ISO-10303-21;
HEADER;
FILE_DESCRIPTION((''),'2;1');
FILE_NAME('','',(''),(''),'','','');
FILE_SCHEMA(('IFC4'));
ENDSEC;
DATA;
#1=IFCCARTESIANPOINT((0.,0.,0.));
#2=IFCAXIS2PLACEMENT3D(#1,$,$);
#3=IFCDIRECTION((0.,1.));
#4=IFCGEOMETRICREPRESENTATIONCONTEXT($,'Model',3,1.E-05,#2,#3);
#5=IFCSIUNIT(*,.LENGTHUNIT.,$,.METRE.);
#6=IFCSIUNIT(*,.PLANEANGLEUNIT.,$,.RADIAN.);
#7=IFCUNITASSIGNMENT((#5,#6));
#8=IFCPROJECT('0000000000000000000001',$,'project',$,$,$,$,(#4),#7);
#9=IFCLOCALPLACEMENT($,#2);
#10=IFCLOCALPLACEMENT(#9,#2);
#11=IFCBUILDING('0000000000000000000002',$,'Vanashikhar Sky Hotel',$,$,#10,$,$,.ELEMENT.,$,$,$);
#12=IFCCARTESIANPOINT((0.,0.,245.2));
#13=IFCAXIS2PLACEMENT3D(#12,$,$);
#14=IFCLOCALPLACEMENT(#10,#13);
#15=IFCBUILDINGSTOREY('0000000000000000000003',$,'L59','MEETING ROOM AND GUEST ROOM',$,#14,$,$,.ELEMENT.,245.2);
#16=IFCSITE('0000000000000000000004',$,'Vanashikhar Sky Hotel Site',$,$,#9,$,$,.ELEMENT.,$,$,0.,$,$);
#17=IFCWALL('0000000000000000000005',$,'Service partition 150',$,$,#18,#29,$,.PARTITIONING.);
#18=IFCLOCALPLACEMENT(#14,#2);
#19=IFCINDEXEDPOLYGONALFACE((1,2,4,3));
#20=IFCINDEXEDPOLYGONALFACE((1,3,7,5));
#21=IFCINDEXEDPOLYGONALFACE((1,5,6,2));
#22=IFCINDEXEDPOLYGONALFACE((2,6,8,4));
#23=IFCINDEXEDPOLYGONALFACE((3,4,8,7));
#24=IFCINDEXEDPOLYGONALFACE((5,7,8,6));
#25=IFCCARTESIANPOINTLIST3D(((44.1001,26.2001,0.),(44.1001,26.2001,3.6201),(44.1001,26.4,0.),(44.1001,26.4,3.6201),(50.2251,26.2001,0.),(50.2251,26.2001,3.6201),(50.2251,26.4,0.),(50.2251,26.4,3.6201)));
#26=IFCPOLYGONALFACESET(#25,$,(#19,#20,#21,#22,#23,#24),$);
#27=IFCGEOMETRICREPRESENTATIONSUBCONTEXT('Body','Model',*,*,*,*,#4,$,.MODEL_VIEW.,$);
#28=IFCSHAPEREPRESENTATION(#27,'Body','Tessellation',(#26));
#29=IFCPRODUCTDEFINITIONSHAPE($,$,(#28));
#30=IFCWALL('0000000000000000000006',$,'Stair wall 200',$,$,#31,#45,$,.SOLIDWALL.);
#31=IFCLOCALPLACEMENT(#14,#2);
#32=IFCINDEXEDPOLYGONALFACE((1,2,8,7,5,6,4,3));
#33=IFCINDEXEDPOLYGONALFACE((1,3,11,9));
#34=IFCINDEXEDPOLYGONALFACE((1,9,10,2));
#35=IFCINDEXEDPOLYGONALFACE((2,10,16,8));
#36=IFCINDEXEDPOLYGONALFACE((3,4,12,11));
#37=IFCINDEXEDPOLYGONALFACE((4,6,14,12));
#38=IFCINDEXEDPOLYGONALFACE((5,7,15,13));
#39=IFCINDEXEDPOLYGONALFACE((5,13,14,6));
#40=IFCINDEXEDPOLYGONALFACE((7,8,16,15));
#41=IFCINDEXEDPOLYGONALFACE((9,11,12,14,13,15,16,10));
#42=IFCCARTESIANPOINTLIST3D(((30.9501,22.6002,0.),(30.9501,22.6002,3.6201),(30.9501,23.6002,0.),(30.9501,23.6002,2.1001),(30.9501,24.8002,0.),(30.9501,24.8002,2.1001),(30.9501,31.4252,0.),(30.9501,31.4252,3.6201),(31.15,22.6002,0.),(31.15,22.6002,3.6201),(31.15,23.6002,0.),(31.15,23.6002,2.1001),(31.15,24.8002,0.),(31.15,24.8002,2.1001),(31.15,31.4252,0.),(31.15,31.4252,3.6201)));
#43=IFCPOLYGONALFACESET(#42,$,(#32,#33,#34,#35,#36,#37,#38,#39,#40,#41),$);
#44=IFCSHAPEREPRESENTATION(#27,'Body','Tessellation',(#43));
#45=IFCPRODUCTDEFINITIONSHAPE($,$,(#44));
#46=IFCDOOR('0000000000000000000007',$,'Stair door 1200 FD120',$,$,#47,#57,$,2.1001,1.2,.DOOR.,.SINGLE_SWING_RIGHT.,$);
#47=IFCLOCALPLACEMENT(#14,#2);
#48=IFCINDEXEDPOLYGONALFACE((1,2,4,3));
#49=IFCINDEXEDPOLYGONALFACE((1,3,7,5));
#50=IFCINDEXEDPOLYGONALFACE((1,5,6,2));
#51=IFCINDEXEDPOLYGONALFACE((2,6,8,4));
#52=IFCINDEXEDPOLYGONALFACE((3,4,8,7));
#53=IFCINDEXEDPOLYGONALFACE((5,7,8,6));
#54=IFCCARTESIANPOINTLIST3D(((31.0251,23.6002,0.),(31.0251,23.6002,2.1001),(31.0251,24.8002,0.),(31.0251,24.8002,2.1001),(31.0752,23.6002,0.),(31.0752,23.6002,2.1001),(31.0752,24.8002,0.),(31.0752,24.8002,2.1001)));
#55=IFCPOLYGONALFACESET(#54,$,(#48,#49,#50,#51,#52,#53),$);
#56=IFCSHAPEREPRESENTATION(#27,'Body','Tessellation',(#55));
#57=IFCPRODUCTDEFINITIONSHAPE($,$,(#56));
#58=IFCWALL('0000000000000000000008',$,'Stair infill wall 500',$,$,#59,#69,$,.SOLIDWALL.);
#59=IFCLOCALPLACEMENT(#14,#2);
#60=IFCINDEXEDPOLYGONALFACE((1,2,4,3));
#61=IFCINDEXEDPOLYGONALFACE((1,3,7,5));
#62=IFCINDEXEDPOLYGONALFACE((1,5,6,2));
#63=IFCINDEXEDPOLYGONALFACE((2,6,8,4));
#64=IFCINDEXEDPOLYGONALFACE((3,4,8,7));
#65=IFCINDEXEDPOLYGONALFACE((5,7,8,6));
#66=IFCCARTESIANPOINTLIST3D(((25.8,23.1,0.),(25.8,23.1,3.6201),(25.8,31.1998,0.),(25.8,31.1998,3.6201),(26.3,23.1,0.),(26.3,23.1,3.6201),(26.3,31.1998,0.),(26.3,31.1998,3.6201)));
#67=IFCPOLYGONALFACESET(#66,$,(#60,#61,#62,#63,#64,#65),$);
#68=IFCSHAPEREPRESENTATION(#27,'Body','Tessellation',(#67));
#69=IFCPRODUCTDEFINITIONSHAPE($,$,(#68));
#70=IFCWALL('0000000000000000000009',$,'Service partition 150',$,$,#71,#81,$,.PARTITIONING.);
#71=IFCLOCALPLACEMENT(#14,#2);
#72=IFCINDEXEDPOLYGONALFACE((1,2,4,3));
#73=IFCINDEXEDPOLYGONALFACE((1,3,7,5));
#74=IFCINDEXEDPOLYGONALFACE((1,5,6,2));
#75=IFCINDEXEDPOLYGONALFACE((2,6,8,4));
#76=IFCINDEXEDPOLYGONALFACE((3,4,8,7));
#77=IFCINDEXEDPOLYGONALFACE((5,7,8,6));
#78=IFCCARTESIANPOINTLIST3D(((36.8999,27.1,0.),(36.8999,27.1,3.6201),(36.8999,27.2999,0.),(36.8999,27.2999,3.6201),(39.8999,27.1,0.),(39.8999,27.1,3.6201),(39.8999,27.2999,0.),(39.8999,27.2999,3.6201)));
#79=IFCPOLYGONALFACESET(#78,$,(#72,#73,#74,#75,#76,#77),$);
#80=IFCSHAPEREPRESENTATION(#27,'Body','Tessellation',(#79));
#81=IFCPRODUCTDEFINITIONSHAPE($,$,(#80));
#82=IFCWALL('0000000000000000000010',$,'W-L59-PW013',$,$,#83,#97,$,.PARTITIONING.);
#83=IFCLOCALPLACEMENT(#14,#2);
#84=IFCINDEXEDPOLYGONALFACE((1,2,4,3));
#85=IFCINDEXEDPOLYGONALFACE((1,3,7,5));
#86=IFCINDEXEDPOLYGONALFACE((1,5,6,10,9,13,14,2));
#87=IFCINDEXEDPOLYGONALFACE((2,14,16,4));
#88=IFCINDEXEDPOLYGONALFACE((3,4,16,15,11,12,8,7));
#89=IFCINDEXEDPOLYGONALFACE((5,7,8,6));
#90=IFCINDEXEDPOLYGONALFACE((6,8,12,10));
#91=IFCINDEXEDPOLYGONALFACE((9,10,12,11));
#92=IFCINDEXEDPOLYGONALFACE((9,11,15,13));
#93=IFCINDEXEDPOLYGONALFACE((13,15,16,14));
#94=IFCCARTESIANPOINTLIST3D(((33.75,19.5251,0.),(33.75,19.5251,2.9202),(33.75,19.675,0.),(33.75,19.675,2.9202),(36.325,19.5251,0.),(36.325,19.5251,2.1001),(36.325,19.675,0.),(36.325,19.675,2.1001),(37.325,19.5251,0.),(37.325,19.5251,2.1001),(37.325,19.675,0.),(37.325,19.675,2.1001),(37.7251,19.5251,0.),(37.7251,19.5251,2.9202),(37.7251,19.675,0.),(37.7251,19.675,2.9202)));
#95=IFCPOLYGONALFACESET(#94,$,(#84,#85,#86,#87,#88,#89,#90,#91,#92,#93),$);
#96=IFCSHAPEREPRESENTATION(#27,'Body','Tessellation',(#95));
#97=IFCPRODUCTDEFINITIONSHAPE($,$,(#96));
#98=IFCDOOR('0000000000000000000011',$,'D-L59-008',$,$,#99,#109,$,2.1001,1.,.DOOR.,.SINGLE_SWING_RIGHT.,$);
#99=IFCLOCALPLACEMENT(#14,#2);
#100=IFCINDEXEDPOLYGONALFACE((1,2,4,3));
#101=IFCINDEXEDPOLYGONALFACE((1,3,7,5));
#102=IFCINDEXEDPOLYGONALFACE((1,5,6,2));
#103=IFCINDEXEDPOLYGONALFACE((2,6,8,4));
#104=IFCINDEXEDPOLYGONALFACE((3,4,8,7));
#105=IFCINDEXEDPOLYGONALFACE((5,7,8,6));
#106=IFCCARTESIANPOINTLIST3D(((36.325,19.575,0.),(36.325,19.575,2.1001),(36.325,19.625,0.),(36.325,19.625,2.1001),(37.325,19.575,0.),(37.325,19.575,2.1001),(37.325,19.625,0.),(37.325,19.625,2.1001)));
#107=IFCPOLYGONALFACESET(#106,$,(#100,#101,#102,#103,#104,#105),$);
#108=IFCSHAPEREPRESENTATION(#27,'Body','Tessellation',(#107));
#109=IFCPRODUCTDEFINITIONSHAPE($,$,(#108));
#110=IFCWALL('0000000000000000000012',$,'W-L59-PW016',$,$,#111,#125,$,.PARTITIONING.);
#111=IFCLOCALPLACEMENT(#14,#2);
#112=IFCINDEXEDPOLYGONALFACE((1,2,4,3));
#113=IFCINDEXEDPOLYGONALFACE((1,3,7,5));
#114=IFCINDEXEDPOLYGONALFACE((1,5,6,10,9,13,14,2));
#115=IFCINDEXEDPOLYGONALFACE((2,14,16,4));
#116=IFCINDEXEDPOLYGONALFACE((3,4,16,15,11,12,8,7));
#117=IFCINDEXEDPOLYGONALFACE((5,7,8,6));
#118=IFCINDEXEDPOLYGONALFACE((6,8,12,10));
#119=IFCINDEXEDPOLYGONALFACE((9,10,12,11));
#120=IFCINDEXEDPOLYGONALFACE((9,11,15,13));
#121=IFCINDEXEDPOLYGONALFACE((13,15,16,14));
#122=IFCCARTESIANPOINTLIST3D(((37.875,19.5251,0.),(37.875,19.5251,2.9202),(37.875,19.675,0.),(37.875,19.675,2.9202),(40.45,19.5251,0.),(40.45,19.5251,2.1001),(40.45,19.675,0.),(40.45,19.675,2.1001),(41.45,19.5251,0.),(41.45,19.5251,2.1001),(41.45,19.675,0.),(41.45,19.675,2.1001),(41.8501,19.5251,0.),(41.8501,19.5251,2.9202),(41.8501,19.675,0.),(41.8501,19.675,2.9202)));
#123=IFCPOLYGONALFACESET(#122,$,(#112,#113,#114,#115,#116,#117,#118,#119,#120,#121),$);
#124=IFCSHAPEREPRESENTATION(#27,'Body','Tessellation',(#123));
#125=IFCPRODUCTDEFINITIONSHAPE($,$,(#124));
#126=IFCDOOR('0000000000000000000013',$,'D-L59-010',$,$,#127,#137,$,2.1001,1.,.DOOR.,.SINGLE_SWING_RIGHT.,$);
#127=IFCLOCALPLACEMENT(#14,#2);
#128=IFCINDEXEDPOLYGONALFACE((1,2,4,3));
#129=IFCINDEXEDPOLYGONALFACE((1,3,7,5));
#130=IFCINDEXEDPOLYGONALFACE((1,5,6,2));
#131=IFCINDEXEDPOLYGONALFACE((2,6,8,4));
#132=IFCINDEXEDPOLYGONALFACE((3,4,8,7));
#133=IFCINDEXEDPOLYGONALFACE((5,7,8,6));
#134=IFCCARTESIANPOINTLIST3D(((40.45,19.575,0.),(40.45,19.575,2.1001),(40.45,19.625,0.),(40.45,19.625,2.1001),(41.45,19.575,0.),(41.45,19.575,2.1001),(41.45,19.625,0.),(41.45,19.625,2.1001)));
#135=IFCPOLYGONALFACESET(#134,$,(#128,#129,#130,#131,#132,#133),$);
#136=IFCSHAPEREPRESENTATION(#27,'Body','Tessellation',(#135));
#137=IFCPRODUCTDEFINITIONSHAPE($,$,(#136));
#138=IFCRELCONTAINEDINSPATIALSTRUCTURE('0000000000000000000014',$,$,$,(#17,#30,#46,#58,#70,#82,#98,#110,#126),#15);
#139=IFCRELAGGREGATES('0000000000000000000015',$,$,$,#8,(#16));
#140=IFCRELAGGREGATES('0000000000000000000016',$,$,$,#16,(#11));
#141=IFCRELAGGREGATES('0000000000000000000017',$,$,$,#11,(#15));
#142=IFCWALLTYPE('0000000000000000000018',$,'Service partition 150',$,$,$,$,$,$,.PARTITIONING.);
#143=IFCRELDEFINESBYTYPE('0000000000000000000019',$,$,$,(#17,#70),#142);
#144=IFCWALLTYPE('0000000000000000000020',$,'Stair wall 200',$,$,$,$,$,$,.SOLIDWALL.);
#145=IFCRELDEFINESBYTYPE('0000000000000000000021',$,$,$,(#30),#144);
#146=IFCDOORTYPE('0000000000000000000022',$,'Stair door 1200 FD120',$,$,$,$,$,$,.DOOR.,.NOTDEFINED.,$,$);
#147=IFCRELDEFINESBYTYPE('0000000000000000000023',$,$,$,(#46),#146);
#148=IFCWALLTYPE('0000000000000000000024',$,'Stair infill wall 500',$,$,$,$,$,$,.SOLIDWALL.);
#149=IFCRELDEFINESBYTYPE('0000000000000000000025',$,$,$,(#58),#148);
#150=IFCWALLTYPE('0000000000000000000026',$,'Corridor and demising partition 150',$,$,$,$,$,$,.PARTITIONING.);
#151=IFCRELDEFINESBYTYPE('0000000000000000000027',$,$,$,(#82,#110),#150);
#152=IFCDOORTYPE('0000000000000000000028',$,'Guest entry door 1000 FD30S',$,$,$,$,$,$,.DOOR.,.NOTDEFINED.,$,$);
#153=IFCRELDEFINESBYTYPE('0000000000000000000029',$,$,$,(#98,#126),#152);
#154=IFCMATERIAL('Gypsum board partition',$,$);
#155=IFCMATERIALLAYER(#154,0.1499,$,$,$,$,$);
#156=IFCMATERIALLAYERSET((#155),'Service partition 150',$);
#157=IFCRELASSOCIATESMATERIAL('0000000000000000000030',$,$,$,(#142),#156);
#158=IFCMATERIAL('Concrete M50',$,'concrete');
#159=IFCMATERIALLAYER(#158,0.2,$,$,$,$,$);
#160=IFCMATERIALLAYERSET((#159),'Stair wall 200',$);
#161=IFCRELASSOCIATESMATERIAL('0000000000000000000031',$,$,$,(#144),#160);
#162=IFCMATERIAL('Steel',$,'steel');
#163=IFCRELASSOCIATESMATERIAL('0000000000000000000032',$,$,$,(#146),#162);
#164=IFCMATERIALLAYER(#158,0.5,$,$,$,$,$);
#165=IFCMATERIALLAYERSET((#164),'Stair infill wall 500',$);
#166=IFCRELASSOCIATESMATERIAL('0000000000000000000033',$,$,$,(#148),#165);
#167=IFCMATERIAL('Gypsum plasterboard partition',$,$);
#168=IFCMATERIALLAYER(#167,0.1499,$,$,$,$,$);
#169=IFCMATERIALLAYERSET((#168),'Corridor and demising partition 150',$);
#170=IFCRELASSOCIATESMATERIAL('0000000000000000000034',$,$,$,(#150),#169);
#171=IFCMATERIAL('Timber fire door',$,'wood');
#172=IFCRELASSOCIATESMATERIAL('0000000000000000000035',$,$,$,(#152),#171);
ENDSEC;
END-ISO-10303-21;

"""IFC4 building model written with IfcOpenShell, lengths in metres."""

from ifc_helpers import new_model, si_unit, direction, frame, frame_2d, origin, place, context, subcontext, project, spatial, rectangle, extrude, source, transform, mapped, material, layer, layer_set, type_object, element, fill, save


model = new_model("IFC4")

# Units and contexts
model_context = context("Model", 3, precision=1e-05, world=origin(), true_north=direction((0.0, 1.0)))
body_context = subcontext(model_context, "Body", "Model", "MODEL_VIEW")
ifc_project = project(units=[si_unit("LENGTHUNIT", "METRE"), si_unit("PLANEANGLEUNIT", "RADIAN")], contexts=[model_context])

# Site, building, storey
site_placement = place(None, origin())
site = spatial("IfcSite", under=ifc_project, at=site_placement, Name="Vanashikhar Sky Hotel Site", CompositionType="ELEMENT", RefElevation=0.0)
building_placement = place(site_placement, origin())
building = spatial("IfcBuilding", under=site, at=building_placement, Name="Vanashikhar Sky Hotel", CompositionType="ELEMENT")
storey_placement = place(building_placement, frame((0.0, 0.0, 245.2)))
storey = spatial("IfcBuildingStorey", under=building, at=storey_placement, Name="L59", Description="MEETING ROOM AND GUEST ROOM", CompositionType="ELEMENT", Elevation=245.2)

# Shared definitions
ifc_material_1 = material(Name="Steel", Category="steel")

# Shared definitions
ifc_material_2 = material(Name="Gypsum board partition")
ifc_layer_1 = layer(ifc_material_2, 0.1499)
ifc_layer_set_1 = layer_set([ifc_layer_1], Name="Service partition 150")
wall_type_1 = type_object("IfcWallType", Name="Service partition 150", PredefinedType="PARTITIONING", material=ifc_layer_set_1)

# Wall
shared_shape_1 = source(origin(), body_context, "Body", "SweptSolid", [
    extrude(rectangle(XDim=6.125, YDim=0.2, at=frame_2d((3.0625, 0.0))), origin(), (0.0, 0.0, 1.0), 3.6201),
])
wall_1_placement = place(storey_placement, frame((44.1001, 26.3, 0.0), z_axis=(0.0, 0.0, 1.0), x_axis=(1.0, 0.0, 0.0)))
element("IfcWall", 1, at=wall_1_placement, inside=storey, type_object=wall_type_1, Name="Service partition 150", PredefinedType="PARTITIONING", context=body_context, shape_type="MappedRepresentation", body=[
    mapped(shared_shape_1, transform((0.0, 0.0, 0.0), scale=1.0)),
])

# Wall, opening, door
ifc_material_3 = material(Name="Concrete M50", Category="concrete")
ifc_layer_2 = layer(ifc_material_3, 0.2)
ifc_layer_set_2 = layer_set([ifc_layer_2], Name="Stair wall 200")
wall_type_2 = type_object("IfcWallType", Name="Stair wall 200", PredefinedType="SOLIDWALL", material=ifc_layer_set_2)
shared_shape_2 = source(origin(), body_context, "Body", "SweptSolid", [
    extrude(rectangle(XDim=8.825, YDim=0.2, at=frame_2d((4.4126, 0.0))), origin(), (0.0, 0.0, 1.0), 3.6201),
])
wall_2_placement = place(storey_placement, frame((31.05, 22.6001, 0.0), z_axis=(0.0, 0.0, 1.0), x_axis=(0.0, 1.0, 0.0)))
wall_2 = element("IfcWall", 2, at=wall_2_placement, inside=storey, type_object=wall_type_2, Name="Stair wall 200", PredefinedType="SOLIDWALL", context=body_context, shape_type="MappedRepresentation", body=[
    mapped(shared_shape_2, transform((0.0, 0.0, 0.0), scale=1.0)),
])
shared_shape_3 = source(origin(), body_context, "Body", "SweptSolid", [
    extrude(rectangle(XDim=1.2, YDim=2.1001, at=frame_2d((0.6001, 1.05))), frame((0.0, 0.1099, 0.0), z_axis=(0.0, -1.0, 0.0), x_axis=(1.0, 0.0, 0.0)), (0.0, 0.0, 1.0), 0.22),
])
opening_1_placement = place(wall_2_placement, frame((1.0, 0.0, 0.0)))
opening_1 = element("IfcOpeningElement", 3, at=opening_1_placement, cuts=wall_2, PredefinedType="OPENING", context=body_context, shape_type="MappedRepresentation", body=[
    mapped(shared_shape_3, transform((0.0, 0.0, 0.0), scale=1.0)),
])
door_type_1 = type_object("IfcDoorType", Name="Stair door 1200 FD120", OperationType="NOTDEFINED", PredefinedType="DOOR", material=ifc_material_1)
shared_shape_4 = source(origin(), body_context, "Body", "SweptSolid", [
    extrude(rectangle(XDim=1.2, YDim=2.1001, at=frame_2d((0.6001, 1.05))), frame((0.0, 0.0249, 0.0), z_axis=(0.0, -1.0, 0.0), x_axis=(1.0, 0.0, 0.0)), (0.0, 0.0, 1.0), 0.05),
])
door_1_placement = place(opening_1_placement, origin())
door_1 = element("IfcDoor", 4, at=door_1_placement, inside=storey, type_object=door_type_1, Name="Stair door 1200 FD120", OperationType="SINGLE_SWING_RIGHT", OverallHeight=2.1001, OverallWidth=1.2, PredefinedType="DOOR", context=body_context, shape_type="MappedRepresentation", body=[
    mapped(shared_shape_4, transform((0.0, 0.0, 0.0), scale=1.0)),
])
fill(opening_1, door_1)

# Walls
ifc_layer_3 = layer(ifc_material_3, 0.5)
ifc_layer_set_3 = layer_set([ifc_layer_3], Name="Stair infill wall 500")
wall_type_3 = type_object("IfcWallType", Name="Stair infill wall 500", PredefinedType="SOLIDWALL", material=ifc_layer_set_3)
shared_shape_5 = source(origin(), body_context, "Body", "SweptSolid", [
    extrude(rectangle(XDim=8.0999, YDim=0.5, at=frame_2d((4.0498, 0.0))), origin(), (0.0, 0.0, 1.0), 3.6201),
])
wall_3_placement = place(storey_placement, frame((26.05, 23.1001, 0.0), z_axis=(0.0, 0.0, 1.0), x_axis=(0.0, 1.0, 0.0)))
element("IfcWall", 5, at=wall_3_placement, inside=storey, type_object=wall_type_3, Name="Stair infill wall 500", PredefinedType="SOLIDWALL", context=body_context, shape_type="MappedRepresentation", body=[
    mapped(shared_shape_5, transform((0.0, 0.0, 0.0), scale=1.0)),
])
shared_shape_6 = source(origin(), body_context, "Body", "SweptSolid", [
    extrude(rectangle(XDim=3.0, YDim=0.2, at=frame_2d((1.5, 0.0))), origin(), (0.0, 0.0, 1.0), 3.6201),
])
wall_4_placement = place(storey_placement, frame((36.8999, 27.2, 0.0), z_axis=(0.0, 0.0, 1.0), x_axis=(1.0, 0.0, 0.0)))
element("IfcWall", 6, at=wall_4_placement, inside=storey, type_object=wall_type_1, Name="Service partition 150", PredefinedType="PARTITIONING", context=body_context, shape_type="MappedRepresentation", body=[
    mapped(shared_shape_6, transform((0.0, 0.0, 0.0), scale=1.0)),
])

# Walls, openings, doors
ifc_material_4 = material(Name="Gypsum plasterboard partition")
ifc_layer_4 = layer(ifc_material_4, 0.1499)
ifc_layer_set_4 = layer_set([ifc_layer_4], Name="Corridor and demising partition 150")
wall_type_4 = type_object("IfcWallType", Name="Corridor and demising partition 150", PredefinedType="PARTITIONING", material=ifc_layer_set_4)
shared_shape_7 = source(origin(), body_context, "Body", "SweptSolid", [
    extrude(rectangle(XDim=3.9751, YDim=0.1499, at=frame_2d((1.9875, 0.0))), origin(), (0.0, 0.0, 1.0), 2.9202),
])
wall_5_placement = place(storey_placement, frame((33.75, 19.6001, 0.0), z_axis=(0.0, 0.0, 1.0), x_axis=(1.0, 0.0, 0.0)))
wall_5 = element("IfcWall", 7, at=wall_5_placement, inside=storey, type_object=wall_type_4, Name="W-L59-PW013", PredefinedType="PARTITIONING", context=body_context, shape_type="MappedRepresentation", body=[
    mapped(shared_shape_7, transform((0.0, 0.0, 0.0), scale=1.0)),
])
shared_shape_8 = source(origin(), body_context, "Body", "SweptSolid", [
    extrude(rectangle(XDim=1.0, YDim=2.1001, at=frame_2d((0.5, 1.05))), frame((0.0, 0.085, 0.0), z_axis=(0.0, -1.0, 0.0), x_axis=(1.0, 0.0, 0.0)), (0.0, 0.0, 1.0), 0.1699),
])
opening_2_placement = place(wall_5_placement, frame((2.575, 0.0, 0.0)))
opening_2 = element("IfcOpeningElement", 8, at=opening_2_placement, cuts=wall_5, PredefinedType="OPENING", context=body_context, shape_type="MappedRepresentation", body=[
    mapped(shared_shape_8, transform((0.0, 0.0, 0.0), scale=1.0)),
])
ifc_material_5 = material(Name="Timber fire door", Category="wood")
door_type_2 = type_object("IfcDoorType", Name="Guest entry door 1000 FD30S", OperationType="NOTDEFINED", PredefinedType="DOOR", material=ifc_material_5)
shared_shape_9 = source(origin(), body_context, "Body", "SweptSolid", [
    extrude(rectangle(XDim=1.0, YDim=2.1001, at=frame_2d((0.5, 1.05))), frame((0.0, 0.0249, 0.0), z_axis=(0.0, -1.0, 0.0), x_axis=(1.0, 0.0, 0.0)), (0.0, 0.0, 1.0), 0.05),
])
door_2_placement = place(opening_2_placement, origin())
door_2 = element("IfcDoor", 9, at=door_2_placement, inside=storey, type_object=door_type_2, Name="D-L59-008", OperationType="SINGLE_SWING_RIGHT", OverallHeight=2.1001, OverallWidth=1.0, PredefinedType="DOOR", context=body_context, shape_type="MappedRepresentation", body=[
    mapped(shared_shape_9, transform((0.0, 0.0, 0.0), scale=1.0)),
])
fill(opening_2, door_2)
wall_6_placement = place(storey_placement, frame((37.875, 19.6001, 0.0), z_axis=(0.0, 0.0, 1.0), x_axis=(1.0, 0.0, 0.0)))
wall_6 = element("IfcWall", 10, at=wall_6_placement, inside=storey, type_object=wall_type_4, Name="W-L59-PW016", PredefinedType="PARTITIONING", context=body_context, shape_type="MappedRepresentation", body=[
    mapped(shared_shape_7, transform((0.0, 0.0, 0.0), scale=1.0)),
])
opening_3_placement = place(wall_6_placement, frame((2.575, 0.0, 0.0)))
opening_3 = element("IfcOpeningElement", 11, at=opening_3_placement, cuts=wall_6, PredefinedType="OPENING", context=body_context, shape_type="MappedRepresentation", body=[
    mapped(shared_shape_8, transform((0.0, 0.0, 0.0), scale=1.0)),
])
door_3_placement = place(opening_3_placement, origin())
door_3 = element("IfcDoor", 12, at=door_3_placement, inside=storey, type_object=door_type_2, Name="D-L59-010", OperationType="SINGLE_SWING_RIGHT", OverallHeight=2.1001, OverallWidth=1.0, PredefinedType="DOOR", context=body_context, shape_type="MappedRepresentation", body=[
    mapped(shared_shape_9, transform((0.0, 0.0, 0.0), scale=1.0)),
])
fill(opening_3, door_3)

save(model, "model.ifc")
